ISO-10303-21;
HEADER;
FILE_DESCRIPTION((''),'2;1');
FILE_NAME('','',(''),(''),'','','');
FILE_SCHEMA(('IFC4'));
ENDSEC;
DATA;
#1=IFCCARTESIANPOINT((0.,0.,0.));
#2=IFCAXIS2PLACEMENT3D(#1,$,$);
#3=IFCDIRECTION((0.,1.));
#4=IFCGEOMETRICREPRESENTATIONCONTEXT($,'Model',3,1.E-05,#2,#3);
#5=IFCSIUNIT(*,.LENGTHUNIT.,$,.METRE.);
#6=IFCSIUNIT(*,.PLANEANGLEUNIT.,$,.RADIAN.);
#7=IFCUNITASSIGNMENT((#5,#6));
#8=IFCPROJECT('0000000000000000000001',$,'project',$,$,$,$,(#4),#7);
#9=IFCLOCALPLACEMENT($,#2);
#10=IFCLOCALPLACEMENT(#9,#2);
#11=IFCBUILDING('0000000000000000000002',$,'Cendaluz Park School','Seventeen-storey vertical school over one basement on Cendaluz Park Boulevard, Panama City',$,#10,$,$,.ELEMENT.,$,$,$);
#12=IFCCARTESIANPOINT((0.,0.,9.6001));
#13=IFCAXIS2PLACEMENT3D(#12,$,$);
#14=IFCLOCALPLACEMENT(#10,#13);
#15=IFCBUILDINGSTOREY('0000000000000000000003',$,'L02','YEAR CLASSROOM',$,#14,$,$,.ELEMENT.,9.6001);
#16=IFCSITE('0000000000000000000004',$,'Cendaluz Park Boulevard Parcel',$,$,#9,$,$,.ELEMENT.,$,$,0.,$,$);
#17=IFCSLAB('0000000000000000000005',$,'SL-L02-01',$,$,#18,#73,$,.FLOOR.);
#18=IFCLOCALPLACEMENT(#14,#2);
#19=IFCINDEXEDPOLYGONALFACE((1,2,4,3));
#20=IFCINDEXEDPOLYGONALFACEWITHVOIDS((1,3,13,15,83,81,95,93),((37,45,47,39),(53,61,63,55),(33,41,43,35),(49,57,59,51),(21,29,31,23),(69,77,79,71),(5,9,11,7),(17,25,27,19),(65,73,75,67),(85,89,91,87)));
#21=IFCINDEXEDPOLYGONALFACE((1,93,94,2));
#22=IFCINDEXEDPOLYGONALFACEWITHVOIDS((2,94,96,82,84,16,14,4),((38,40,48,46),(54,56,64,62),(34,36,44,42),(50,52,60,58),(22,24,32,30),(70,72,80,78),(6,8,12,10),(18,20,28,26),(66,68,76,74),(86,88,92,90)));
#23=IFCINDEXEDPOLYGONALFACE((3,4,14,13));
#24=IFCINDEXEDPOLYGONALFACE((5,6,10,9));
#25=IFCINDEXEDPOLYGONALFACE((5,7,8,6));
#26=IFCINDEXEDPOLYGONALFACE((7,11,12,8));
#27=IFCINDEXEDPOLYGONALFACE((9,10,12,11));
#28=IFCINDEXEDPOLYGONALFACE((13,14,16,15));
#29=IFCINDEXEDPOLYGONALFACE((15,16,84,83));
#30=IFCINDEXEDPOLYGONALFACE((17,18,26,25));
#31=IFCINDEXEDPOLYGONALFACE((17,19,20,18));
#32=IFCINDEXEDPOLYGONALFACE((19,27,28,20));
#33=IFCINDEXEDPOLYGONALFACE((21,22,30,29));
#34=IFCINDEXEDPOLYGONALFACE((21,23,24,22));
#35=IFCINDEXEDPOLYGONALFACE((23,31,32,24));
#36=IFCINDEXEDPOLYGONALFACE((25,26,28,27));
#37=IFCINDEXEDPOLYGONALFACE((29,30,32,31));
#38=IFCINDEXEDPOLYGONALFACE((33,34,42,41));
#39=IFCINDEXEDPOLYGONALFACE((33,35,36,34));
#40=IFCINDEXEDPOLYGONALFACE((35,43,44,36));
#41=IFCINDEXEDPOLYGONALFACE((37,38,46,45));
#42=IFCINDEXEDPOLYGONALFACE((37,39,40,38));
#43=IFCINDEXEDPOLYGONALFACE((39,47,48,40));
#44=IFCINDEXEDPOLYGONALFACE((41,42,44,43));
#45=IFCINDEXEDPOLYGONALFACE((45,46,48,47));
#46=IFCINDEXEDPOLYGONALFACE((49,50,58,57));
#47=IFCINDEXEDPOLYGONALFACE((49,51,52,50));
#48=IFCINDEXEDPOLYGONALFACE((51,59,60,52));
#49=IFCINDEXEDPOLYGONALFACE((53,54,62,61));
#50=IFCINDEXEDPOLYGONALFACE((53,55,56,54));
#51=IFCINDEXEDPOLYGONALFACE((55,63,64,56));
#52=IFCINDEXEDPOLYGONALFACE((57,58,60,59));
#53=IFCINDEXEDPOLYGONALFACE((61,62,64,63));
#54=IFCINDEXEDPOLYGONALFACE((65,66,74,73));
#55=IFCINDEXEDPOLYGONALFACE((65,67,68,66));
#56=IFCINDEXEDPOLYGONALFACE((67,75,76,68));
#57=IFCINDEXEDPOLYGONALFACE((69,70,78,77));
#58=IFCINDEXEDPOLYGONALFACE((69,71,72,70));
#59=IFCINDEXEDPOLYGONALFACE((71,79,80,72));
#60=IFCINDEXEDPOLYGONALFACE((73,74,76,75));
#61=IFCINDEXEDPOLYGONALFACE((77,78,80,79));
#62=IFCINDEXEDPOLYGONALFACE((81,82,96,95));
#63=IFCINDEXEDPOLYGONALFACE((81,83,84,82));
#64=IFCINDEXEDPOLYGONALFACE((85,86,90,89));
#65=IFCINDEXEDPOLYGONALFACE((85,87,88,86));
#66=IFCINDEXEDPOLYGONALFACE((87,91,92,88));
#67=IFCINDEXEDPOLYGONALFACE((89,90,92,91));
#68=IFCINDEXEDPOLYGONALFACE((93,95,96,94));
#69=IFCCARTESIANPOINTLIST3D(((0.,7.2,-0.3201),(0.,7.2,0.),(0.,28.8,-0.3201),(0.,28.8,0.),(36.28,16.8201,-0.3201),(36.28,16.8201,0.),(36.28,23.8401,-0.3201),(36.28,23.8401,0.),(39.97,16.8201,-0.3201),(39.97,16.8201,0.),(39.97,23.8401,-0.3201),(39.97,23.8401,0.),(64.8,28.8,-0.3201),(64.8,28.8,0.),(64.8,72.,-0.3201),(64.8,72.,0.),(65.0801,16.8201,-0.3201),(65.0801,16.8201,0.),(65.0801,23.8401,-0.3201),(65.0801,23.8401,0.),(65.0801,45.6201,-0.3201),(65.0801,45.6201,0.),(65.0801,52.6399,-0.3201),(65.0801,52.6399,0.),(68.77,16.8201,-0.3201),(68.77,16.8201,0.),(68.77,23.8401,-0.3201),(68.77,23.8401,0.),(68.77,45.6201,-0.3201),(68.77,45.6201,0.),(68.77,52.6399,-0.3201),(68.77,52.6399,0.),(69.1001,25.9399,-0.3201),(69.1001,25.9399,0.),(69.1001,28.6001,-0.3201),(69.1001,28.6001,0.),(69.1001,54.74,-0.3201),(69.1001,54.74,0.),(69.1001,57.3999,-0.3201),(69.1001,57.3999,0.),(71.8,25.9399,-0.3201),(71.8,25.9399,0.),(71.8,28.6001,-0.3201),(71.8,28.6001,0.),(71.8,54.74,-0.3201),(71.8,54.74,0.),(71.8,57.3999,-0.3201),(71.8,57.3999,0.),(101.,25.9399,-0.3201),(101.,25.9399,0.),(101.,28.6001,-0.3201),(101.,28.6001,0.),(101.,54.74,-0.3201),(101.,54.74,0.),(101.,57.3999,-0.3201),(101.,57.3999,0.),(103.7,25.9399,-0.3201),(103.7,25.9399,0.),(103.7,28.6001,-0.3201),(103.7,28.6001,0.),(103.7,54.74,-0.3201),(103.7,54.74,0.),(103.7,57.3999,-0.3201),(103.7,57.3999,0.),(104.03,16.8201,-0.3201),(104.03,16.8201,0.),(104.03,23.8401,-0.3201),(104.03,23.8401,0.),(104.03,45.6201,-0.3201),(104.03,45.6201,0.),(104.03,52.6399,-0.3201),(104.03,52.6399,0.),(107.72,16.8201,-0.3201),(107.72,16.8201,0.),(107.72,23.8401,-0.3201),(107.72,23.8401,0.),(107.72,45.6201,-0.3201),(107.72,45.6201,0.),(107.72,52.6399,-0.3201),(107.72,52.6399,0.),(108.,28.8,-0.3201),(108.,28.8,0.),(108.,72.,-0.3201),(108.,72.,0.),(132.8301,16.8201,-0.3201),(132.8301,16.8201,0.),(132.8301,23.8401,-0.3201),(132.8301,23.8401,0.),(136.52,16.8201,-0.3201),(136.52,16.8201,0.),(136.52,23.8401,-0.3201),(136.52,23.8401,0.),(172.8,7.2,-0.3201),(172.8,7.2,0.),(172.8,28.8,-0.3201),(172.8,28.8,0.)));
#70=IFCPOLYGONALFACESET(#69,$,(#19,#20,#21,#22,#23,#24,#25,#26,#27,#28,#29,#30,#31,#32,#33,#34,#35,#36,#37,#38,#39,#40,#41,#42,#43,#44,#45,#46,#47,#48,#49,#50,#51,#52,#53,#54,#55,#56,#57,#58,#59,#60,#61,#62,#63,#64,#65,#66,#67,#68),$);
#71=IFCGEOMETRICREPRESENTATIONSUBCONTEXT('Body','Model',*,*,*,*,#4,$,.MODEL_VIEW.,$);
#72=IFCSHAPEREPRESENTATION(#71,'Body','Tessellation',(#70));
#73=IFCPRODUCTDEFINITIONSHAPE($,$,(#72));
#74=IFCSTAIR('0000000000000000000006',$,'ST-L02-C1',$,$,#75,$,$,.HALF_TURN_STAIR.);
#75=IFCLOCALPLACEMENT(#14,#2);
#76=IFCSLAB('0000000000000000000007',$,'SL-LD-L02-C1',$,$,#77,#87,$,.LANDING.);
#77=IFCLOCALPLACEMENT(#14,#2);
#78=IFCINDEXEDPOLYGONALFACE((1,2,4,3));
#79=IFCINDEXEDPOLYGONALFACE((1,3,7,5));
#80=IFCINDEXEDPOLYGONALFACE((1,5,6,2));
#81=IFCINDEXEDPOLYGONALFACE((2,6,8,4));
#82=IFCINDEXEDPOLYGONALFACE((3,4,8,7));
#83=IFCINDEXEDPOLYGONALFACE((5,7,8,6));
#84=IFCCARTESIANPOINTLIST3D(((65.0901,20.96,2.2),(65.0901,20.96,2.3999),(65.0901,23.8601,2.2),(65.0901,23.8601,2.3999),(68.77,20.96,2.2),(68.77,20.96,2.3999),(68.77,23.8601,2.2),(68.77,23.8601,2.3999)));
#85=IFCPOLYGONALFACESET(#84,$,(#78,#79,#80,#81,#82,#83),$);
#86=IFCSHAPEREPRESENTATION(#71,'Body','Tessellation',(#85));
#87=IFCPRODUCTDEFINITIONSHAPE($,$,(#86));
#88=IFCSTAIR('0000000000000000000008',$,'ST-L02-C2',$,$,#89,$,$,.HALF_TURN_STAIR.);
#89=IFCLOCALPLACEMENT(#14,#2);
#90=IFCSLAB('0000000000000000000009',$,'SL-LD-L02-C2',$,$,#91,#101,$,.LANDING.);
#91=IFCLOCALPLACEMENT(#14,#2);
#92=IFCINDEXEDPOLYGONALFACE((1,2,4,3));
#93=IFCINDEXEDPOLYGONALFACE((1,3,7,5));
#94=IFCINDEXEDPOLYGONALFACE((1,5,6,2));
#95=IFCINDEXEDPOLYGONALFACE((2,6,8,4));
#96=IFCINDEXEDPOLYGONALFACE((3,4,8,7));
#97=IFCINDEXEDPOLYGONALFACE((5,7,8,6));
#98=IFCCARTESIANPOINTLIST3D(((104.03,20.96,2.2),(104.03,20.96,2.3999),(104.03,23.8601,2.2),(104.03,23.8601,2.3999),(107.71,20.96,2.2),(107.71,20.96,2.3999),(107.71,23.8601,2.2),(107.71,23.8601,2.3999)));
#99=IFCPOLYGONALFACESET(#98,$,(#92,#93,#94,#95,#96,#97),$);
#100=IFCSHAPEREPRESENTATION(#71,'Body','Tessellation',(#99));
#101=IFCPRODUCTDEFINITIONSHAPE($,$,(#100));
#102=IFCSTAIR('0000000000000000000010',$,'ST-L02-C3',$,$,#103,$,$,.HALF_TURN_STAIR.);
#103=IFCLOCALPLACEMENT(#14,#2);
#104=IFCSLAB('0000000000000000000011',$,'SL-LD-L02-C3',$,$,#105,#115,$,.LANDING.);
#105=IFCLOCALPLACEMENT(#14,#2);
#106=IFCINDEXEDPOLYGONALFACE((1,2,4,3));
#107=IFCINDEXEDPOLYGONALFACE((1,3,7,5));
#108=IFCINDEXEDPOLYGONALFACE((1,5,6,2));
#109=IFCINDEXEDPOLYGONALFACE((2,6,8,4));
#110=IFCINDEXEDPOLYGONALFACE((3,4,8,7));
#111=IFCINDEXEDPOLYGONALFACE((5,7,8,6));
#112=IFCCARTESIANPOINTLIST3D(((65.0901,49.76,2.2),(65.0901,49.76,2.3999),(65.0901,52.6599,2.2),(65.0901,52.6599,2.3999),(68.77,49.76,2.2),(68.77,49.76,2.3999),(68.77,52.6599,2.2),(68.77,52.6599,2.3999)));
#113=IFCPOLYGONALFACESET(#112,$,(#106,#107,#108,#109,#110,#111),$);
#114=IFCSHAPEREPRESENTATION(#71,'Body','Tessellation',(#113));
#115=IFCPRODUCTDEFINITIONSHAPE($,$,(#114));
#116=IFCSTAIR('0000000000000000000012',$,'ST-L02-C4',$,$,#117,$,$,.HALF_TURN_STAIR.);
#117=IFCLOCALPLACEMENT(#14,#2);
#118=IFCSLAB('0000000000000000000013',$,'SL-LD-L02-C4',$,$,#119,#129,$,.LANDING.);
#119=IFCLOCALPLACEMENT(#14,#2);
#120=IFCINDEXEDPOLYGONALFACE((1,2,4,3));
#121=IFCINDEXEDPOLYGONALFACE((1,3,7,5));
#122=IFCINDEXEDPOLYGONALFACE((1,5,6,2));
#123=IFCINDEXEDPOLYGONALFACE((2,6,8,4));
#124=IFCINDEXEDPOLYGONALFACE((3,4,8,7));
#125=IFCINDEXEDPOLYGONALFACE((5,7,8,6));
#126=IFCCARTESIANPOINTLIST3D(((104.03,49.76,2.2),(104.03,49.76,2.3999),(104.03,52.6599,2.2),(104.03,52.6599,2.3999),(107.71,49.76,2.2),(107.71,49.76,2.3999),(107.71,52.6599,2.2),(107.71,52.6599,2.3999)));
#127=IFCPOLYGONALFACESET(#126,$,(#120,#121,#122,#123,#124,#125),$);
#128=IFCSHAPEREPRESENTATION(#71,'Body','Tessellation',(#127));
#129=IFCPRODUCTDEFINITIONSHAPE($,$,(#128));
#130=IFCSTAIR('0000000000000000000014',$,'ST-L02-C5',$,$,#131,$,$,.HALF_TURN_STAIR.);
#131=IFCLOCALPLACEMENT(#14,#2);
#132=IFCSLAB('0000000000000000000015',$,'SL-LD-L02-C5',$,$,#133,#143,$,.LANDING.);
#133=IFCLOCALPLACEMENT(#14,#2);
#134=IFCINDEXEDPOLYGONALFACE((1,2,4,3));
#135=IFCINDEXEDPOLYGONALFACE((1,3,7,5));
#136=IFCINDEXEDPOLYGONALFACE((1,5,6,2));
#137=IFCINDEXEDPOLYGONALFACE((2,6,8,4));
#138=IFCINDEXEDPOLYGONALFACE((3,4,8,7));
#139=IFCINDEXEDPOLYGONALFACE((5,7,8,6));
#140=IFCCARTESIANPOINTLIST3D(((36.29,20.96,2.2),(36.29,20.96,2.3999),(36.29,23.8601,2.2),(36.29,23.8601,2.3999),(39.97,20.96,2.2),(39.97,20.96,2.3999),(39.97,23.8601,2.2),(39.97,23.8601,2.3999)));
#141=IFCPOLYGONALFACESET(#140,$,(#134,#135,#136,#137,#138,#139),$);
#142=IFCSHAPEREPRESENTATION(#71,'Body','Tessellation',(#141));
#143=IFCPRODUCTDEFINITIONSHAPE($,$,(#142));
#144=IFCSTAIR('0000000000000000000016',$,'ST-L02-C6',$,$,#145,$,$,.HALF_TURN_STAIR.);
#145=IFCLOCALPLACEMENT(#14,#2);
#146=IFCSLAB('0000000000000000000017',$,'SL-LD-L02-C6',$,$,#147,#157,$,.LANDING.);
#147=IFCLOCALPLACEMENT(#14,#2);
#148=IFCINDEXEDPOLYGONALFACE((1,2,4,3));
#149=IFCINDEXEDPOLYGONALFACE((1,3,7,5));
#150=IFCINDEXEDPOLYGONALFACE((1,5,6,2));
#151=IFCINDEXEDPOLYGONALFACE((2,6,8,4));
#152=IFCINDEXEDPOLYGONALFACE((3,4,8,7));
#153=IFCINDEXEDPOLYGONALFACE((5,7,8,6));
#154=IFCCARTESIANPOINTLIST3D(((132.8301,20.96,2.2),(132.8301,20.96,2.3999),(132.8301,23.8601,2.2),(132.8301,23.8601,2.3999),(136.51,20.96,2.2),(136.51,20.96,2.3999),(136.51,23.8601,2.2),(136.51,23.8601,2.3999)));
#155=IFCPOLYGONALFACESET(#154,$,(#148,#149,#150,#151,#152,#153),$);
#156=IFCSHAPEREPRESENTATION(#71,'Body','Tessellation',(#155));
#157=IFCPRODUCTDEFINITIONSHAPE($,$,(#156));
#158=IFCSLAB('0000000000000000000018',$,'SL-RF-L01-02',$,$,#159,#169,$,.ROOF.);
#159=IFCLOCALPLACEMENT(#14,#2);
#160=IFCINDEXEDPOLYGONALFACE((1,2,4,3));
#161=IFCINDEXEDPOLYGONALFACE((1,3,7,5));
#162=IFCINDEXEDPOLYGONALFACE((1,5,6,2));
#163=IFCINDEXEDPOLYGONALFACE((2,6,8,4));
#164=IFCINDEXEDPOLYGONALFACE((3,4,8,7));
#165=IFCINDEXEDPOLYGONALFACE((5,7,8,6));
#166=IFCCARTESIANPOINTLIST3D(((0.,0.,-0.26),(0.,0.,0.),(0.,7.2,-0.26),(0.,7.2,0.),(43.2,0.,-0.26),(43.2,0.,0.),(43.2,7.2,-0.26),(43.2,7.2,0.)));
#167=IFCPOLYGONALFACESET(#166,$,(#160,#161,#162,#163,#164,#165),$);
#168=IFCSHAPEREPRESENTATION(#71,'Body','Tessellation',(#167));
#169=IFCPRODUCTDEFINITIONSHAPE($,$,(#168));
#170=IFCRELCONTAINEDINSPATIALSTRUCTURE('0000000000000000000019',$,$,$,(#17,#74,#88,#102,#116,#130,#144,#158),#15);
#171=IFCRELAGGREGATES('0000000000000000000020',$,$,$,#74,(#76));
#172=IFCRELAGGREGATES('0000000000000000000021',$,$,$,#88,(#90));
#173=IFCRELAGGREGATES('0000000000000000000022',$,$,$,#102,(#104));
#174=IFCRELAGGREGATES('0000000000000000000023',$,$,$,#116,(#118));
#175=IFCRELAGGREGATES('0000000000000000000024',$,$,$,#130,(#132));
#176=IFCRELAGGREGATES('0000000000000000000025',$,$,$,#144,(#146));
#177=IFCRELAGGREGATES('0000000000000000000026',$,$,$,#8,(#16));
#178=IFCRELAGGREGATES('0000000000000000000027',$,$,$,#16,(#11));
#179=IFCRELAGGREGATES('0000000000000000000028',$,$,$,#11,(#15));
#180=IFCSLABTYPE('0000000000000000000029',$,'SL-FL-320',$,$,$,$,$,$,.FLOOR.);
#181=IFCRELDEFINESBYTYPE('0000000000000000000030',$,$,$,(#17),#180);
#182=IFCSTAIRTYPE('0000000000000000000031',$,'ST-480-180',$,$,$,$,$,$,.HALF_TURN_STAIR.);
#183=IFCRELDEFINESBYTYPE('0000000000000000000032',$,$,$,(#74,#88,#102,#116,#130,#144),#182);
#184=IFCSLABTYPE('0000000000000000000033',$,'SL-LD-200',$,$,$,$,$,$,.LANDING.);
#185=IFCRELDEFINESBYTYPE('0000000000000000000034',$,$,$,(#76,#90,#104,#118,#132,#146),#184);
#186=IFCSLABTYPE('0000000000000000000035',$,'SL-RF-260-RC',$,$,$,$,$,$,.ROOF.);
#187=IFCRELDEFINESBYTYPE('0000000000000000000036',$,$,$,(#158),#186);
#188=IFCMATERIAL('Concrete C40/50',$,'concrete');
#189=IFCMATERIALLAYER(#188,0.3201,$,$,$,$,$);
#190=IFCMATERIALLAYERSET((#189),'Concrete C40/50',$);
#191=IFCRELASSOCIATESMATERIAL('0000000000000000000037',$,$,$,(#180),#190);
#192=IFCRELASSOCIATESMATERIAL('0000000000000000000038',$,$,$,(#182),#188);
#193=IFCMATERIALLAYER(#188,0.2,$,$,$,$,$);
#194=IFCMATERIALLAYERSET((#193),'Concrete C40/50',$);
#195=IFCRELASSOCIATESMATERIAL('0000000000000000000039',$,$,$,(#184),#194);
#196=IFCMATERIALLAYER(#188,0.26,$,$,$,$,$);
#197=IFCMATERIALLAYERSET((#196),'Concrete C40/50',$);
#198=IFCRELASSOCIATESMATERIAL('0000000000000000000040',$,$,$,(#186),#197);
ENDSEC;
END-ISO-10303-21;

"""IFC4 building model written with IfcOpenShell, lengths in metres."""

from ifc_helpers import new_model, si_unit, direction, frame, origin, place, context, subcontext, project, spatial, polyline, outline, extrude, material, layer, layer_set, type_object, element, aggregate, save


model = new_model("IFC4")

# Units and contexts
model_context = context("Model", 3, precision=1e-05, world=origin(), true_north=direction((0.0, 1.0)))
body_context = subcontext(model_context, "Body", "Model", "MODEL_VIEW")
ifc_project = project(units=[si_unit("LENGTHUNIT", "METRE"), si_unit("PLANEANGLEUNIT", "RADIAN")], contexts=[model_context])

# Site, building, storey
site_placement = place(None, origin())
site = spatial("IfcSite", under=ifc_project, at=site_placement, Name="Cendaluz Park Boulevard Parcel", CompositionType="ELEMENT", RefElevation=0.0)
building_placement = place(site_placement, origin())
building = spatial("IfcBuilding", under=site, at=building_placement, Name="Cendaluz Park School", Description="Seventeen-storey vertical school over one basement on Cendaluz Park Boulevard, Panama City", CompositionType="ELEMENT")
storey_placement = place(building_placement, frame((0.0, 0.0, 9.6001)))
storey = spatial("IfcBuildingStorey", under=building, at=storey_placement, Name="L02", Description="YEAR CLASSROOM", CompositionType="ELEMENT", Elevation=9.6001)

# Slab
ifc_material_1 = material(Name="Concrete C40/50", Category="concrete")
ifc_layer_1 = layer(ifc_material_1, 0.3201)
ifc_layer_set_1 = layer_set([ifc_layer_1], Name="Concrete C40/50")
slab_type_1 = type_object("IfcSlabType", Name="SL-FL-320", PredefinedType="FLOOR", material=ifc_layer_set_1)
slab_1_placement = place(storey_placement, frame((0.0, 0.0, -0.3201)))
element("IfcSlab", 1, at=slab_1_placement, inside=storey, type_object=slab_type_1, Name="SL-L02-01", PredefinedType="FLOOR", context=body_context, shape_type="SweptSolid", body=[
    extrude(outline(polyline([(0.0, 28.8), (64.8, 28.8), (64.8, 72.0), (108.0, 72.0), (108.0, 28.8), (172.8, 28.8), (172.8, 7.2), (0.0, 7.2), (0.0, 28.8)]), holes=[polyline([(65.0801, 23.8401), (65.0801, 16.8201), (68.77, 16.8201), (68.77, 23.8401), (65.0801, 23.8401)]), polyline([(71.8, 28.6001), (69.1001, 28.6001), (69.1001, 25.9399), (71.8, 25.9399), (71.8, 28.6001)]), polyline([(107.72, 16.8201), (107.72, 23.8401), (104.03, 23.8401), (104.03, 16.8201), (107.72, 16.8201)]), polyline([(101.0, 25.9399), (103.7, 25.9399), (103.7, 28.6001), (101.0, 28.6001), (101.0, 25.9399)]), polyline([(65.0801, 52.6399), (65.0801, 45.6201), (68.77, 45.6201), (68.77, 52.6399), (65.0801, 52.6399)]), polyline([(71.8, 57.3999), (69.1001, 57.3999), (69.1001, 54.74), (71.8, 54.74), (71.8, 57.3999)]), polyline([(107.72, 45.6201), (107.72, 52.6399), (104.03, 52.6399), (104.03, 45.6201), (107.72, 45.6201)]), polyline([(101.0, 54.74), (103.7, 54.74), (103.7, 57.3999), (101.0, 57.3999), (101.0, 54.74)]), polyline([(36.28, 23.8401), (36.28, 16.8201), (39.97, 16.8201), (39.97, 23.8401), (36.28, 23.8401)]), polyline([(136.52, 23.8401), (132.8301, 23.8401), (132.8301, 16.8201), (136.52, 16.8201), (136.52, 23.8401)])]), origin(), (0.0, 0.0, 1.0), 0.3201),
])

# Stairs, slabs
stair_type = type_object("IfcStairType", Name="ST-480-180", PredefinedType="HALF_TURN_STAIR", material=ifc_material_1)
stair_1_placement = place(storey_placement, origin())
stair_1 = element("IfcStair", 2, at=stair_1_placement, inside=storey, type_object=stair_type, Name="ST-L02-C1", PredefinedType="HALF_TURN_STAIR")
ifc_layer_2 = layer(ifc_material_1, 0.2)
ifc_layer_set_2 = layer_set([ifc_layer_2], Name="Concrete C40/50")
slab_type_2 = type_object("IfcSlabType", Name="SL-LD-200", PredefinedType="LANDING", material=ifc_layer_set_2)
slab_2_placement = place(storey_placement, frame((0.0, 0.0, 2.2)))
slab_2 = element("IfcSlab", 3, at=slab_2_placement, type_object=slab_type_2, Name="SL-LD-L02-C1", PredefinedType="LANDING", context=body_context, shape_type="SweptSolid", body=[
    extrude(outline(polyline([(65.0901, 20.96), (68.77, 20.96), (68.77, 23.8601), (65.0901, 23.8601), (65.0901, 20.96)])), origin(), (0.0, 0.0, 1.0), 0.2),
])
aggregate(stair_1, [slab_2])
stair_2_placement = place(storey_placement, origin())
stair_2 = element("IfcStair", 4, at=stair_2_placement, inside=storey, type_object=stair_type, Name="ST-L02-C2", PredefinedType="HALF_TURN_STAIR")
slab_3_placement = place(storey_placement, frame((0.0, 0.0, 2.2)))
slab_3 = element("IfcSlab", 5, at=slab_3_placement, type_object=slab_type_2, Name="SL-LD-L02-C2", PredefinedType="LANDING", context=body_context, shape_type="SweptSolid", body=[
    extrude(outline(polyline([(104.03, 20.96), (107.71, 20.96), (107.71, 23.8601), (104.03, 23.8601), (104.03, 20.96)])), origin(), (0.0, 0.0, 1.0), 0.2),
])
aggregate(stair_2, [slab_3])
stair_3_placement = place(storey_placement, origin())
stair_3 = element("IfcStair", 6, at=stair_3_placement, inside=storey, type_object=stair_type, Name="ST-L02-C3", PredefinedType="HALF_TURN_STAIR")
slab_4_placement = place(storey_placement, frame((0.0, 0.0, 2.2)))
slab_4 = element("IfcSlab", 7, at=slab_4_placement, type_object=slab_type_2, Name="SL-LD-L02-C3", PredefinedType="LANDING", context=body_context, shape_type="SweptSolid", body=[
    extrude(outline(polyline([(65.0901, 49.76), (68.77, 49.76), (68.77, 52.6599), (65.0901, 52.6599), (65.0901, 49.76)])), origin(), (0.0, 0.0, 1.0), 0.2),
])
aggregate(stair_3, [slab_4])
stair_4_placement = place(storey_placement, origin())
stair_4 = element("IfcStair", 8, at=stair_4_placement, inside=storey, type_object=stair_type, Name="ST-L02-C4", PredefinedType="HALF_TURN_STAIR")
slab_5_placement = place(storey_placement, frame((0.0, 0.0, 2.2)))
slab_5 = element("IfcSlab", 9, at=slab_5_placement, type_object=slab_type_2, Name="SL-LD-L02-C4", PredefinedType="LANDING", context=body_context, shape_type="SweptSolid", body=[
    extrude(outline(polyline([(104.03, 49.76), (107.71, 49.76), (107.71, 52.6599), (104.03, 52.6599), (104.03, 49.76)])), origin(), (0.0, 0.0, 1.0), 0.2),
])
aggregate(stair_4, [slab_5])
stair_5_placement = place(storey_placement, origin())
stair_5 = element("IfcStair", 10, at=stair_5_placement, inside=storey, type_object=stair_type, Name="ST-L02-C5", PredefinedType="HALF_TURN_STAIR")
slab_6_placement = place(storey_placement, frame((0.0, 0.0, 2.2)))
slab_6 = element("IfcSlab", 11, at=slab_6_placement, type_object=slab_type_2, Name="SL-LD-L02-C5", PredefinedType="LANDING", context=body_context, shape_type="SweptSolid", body=[
    extrude(outline(polyline([(36.29, 20.96), (39.97, 20.96), (39.97, 23.8601), (36.29, 23.8601), (36.29, 20.96)])), origin(), (0.0, 0.0, 1.0), 0.2),
])
aggregate(stair_5, [slab_6])
stair_6_placement = place(storey_placement, origin())
stair_6 = element("IfcStair", 12, at=stair_6_placement, inside=storey, type_object=stair_type, Name="ST-L02-C6", PredefinedType="HALF_TURN_STAIR")
slab_7_placement = place(storey_placement, frame((0.0, 0.0, 2.2)))
slab_7 = element("IfcSlab", 13, at=slab_7_placement, type_object=slab_type_2, Name="SL-LD-L02-C6", PredefinedType="LANDING", context=body_context, shape_type="SweptSolid", body=[
    extrude(outline(polyline([(132.8301, 20.96), (136.51, 20.96), (136.51, 23.8601), (132.8301, 23.8601), (132.8301, 20.96)])), origin(), (0.0, 0.0, 1.0), 0.2),
])
aggregate(stair_6, [slab_7])

# Slab
ifc_layer_3 = layer(ifc_material_1, 0.26)
ifc_layer_set_3 = layer_set([ifc_layer_3], Name="Concrete C40/50")
slab_type_3 = type_object("IfcSlabType", Name="SL-RF-260-RC", PredefinedType="ROOF", material=ifc_layer_set_3)
slab_8_placement = place(storey_placement, frame((0.0, 0.0, -0.26)))
element("IfcSlab", 14, at=slab_8_placement, inside=storey, type_object=slab_type_3, Name="SL-RF-L01-02", PredefinedType="ROOF", context=body_context, shape_type="SweptSolid", body=[
    extrude(outline(polyline([(43.2, 7.2), (43.2, 0.0), (0.0, 0.0), (0.0, 7.2), (43.2, 7.2)])), origin(), (0.0, 0.0, 1.0), 0.26),
])

save(model, "model.ifc")
